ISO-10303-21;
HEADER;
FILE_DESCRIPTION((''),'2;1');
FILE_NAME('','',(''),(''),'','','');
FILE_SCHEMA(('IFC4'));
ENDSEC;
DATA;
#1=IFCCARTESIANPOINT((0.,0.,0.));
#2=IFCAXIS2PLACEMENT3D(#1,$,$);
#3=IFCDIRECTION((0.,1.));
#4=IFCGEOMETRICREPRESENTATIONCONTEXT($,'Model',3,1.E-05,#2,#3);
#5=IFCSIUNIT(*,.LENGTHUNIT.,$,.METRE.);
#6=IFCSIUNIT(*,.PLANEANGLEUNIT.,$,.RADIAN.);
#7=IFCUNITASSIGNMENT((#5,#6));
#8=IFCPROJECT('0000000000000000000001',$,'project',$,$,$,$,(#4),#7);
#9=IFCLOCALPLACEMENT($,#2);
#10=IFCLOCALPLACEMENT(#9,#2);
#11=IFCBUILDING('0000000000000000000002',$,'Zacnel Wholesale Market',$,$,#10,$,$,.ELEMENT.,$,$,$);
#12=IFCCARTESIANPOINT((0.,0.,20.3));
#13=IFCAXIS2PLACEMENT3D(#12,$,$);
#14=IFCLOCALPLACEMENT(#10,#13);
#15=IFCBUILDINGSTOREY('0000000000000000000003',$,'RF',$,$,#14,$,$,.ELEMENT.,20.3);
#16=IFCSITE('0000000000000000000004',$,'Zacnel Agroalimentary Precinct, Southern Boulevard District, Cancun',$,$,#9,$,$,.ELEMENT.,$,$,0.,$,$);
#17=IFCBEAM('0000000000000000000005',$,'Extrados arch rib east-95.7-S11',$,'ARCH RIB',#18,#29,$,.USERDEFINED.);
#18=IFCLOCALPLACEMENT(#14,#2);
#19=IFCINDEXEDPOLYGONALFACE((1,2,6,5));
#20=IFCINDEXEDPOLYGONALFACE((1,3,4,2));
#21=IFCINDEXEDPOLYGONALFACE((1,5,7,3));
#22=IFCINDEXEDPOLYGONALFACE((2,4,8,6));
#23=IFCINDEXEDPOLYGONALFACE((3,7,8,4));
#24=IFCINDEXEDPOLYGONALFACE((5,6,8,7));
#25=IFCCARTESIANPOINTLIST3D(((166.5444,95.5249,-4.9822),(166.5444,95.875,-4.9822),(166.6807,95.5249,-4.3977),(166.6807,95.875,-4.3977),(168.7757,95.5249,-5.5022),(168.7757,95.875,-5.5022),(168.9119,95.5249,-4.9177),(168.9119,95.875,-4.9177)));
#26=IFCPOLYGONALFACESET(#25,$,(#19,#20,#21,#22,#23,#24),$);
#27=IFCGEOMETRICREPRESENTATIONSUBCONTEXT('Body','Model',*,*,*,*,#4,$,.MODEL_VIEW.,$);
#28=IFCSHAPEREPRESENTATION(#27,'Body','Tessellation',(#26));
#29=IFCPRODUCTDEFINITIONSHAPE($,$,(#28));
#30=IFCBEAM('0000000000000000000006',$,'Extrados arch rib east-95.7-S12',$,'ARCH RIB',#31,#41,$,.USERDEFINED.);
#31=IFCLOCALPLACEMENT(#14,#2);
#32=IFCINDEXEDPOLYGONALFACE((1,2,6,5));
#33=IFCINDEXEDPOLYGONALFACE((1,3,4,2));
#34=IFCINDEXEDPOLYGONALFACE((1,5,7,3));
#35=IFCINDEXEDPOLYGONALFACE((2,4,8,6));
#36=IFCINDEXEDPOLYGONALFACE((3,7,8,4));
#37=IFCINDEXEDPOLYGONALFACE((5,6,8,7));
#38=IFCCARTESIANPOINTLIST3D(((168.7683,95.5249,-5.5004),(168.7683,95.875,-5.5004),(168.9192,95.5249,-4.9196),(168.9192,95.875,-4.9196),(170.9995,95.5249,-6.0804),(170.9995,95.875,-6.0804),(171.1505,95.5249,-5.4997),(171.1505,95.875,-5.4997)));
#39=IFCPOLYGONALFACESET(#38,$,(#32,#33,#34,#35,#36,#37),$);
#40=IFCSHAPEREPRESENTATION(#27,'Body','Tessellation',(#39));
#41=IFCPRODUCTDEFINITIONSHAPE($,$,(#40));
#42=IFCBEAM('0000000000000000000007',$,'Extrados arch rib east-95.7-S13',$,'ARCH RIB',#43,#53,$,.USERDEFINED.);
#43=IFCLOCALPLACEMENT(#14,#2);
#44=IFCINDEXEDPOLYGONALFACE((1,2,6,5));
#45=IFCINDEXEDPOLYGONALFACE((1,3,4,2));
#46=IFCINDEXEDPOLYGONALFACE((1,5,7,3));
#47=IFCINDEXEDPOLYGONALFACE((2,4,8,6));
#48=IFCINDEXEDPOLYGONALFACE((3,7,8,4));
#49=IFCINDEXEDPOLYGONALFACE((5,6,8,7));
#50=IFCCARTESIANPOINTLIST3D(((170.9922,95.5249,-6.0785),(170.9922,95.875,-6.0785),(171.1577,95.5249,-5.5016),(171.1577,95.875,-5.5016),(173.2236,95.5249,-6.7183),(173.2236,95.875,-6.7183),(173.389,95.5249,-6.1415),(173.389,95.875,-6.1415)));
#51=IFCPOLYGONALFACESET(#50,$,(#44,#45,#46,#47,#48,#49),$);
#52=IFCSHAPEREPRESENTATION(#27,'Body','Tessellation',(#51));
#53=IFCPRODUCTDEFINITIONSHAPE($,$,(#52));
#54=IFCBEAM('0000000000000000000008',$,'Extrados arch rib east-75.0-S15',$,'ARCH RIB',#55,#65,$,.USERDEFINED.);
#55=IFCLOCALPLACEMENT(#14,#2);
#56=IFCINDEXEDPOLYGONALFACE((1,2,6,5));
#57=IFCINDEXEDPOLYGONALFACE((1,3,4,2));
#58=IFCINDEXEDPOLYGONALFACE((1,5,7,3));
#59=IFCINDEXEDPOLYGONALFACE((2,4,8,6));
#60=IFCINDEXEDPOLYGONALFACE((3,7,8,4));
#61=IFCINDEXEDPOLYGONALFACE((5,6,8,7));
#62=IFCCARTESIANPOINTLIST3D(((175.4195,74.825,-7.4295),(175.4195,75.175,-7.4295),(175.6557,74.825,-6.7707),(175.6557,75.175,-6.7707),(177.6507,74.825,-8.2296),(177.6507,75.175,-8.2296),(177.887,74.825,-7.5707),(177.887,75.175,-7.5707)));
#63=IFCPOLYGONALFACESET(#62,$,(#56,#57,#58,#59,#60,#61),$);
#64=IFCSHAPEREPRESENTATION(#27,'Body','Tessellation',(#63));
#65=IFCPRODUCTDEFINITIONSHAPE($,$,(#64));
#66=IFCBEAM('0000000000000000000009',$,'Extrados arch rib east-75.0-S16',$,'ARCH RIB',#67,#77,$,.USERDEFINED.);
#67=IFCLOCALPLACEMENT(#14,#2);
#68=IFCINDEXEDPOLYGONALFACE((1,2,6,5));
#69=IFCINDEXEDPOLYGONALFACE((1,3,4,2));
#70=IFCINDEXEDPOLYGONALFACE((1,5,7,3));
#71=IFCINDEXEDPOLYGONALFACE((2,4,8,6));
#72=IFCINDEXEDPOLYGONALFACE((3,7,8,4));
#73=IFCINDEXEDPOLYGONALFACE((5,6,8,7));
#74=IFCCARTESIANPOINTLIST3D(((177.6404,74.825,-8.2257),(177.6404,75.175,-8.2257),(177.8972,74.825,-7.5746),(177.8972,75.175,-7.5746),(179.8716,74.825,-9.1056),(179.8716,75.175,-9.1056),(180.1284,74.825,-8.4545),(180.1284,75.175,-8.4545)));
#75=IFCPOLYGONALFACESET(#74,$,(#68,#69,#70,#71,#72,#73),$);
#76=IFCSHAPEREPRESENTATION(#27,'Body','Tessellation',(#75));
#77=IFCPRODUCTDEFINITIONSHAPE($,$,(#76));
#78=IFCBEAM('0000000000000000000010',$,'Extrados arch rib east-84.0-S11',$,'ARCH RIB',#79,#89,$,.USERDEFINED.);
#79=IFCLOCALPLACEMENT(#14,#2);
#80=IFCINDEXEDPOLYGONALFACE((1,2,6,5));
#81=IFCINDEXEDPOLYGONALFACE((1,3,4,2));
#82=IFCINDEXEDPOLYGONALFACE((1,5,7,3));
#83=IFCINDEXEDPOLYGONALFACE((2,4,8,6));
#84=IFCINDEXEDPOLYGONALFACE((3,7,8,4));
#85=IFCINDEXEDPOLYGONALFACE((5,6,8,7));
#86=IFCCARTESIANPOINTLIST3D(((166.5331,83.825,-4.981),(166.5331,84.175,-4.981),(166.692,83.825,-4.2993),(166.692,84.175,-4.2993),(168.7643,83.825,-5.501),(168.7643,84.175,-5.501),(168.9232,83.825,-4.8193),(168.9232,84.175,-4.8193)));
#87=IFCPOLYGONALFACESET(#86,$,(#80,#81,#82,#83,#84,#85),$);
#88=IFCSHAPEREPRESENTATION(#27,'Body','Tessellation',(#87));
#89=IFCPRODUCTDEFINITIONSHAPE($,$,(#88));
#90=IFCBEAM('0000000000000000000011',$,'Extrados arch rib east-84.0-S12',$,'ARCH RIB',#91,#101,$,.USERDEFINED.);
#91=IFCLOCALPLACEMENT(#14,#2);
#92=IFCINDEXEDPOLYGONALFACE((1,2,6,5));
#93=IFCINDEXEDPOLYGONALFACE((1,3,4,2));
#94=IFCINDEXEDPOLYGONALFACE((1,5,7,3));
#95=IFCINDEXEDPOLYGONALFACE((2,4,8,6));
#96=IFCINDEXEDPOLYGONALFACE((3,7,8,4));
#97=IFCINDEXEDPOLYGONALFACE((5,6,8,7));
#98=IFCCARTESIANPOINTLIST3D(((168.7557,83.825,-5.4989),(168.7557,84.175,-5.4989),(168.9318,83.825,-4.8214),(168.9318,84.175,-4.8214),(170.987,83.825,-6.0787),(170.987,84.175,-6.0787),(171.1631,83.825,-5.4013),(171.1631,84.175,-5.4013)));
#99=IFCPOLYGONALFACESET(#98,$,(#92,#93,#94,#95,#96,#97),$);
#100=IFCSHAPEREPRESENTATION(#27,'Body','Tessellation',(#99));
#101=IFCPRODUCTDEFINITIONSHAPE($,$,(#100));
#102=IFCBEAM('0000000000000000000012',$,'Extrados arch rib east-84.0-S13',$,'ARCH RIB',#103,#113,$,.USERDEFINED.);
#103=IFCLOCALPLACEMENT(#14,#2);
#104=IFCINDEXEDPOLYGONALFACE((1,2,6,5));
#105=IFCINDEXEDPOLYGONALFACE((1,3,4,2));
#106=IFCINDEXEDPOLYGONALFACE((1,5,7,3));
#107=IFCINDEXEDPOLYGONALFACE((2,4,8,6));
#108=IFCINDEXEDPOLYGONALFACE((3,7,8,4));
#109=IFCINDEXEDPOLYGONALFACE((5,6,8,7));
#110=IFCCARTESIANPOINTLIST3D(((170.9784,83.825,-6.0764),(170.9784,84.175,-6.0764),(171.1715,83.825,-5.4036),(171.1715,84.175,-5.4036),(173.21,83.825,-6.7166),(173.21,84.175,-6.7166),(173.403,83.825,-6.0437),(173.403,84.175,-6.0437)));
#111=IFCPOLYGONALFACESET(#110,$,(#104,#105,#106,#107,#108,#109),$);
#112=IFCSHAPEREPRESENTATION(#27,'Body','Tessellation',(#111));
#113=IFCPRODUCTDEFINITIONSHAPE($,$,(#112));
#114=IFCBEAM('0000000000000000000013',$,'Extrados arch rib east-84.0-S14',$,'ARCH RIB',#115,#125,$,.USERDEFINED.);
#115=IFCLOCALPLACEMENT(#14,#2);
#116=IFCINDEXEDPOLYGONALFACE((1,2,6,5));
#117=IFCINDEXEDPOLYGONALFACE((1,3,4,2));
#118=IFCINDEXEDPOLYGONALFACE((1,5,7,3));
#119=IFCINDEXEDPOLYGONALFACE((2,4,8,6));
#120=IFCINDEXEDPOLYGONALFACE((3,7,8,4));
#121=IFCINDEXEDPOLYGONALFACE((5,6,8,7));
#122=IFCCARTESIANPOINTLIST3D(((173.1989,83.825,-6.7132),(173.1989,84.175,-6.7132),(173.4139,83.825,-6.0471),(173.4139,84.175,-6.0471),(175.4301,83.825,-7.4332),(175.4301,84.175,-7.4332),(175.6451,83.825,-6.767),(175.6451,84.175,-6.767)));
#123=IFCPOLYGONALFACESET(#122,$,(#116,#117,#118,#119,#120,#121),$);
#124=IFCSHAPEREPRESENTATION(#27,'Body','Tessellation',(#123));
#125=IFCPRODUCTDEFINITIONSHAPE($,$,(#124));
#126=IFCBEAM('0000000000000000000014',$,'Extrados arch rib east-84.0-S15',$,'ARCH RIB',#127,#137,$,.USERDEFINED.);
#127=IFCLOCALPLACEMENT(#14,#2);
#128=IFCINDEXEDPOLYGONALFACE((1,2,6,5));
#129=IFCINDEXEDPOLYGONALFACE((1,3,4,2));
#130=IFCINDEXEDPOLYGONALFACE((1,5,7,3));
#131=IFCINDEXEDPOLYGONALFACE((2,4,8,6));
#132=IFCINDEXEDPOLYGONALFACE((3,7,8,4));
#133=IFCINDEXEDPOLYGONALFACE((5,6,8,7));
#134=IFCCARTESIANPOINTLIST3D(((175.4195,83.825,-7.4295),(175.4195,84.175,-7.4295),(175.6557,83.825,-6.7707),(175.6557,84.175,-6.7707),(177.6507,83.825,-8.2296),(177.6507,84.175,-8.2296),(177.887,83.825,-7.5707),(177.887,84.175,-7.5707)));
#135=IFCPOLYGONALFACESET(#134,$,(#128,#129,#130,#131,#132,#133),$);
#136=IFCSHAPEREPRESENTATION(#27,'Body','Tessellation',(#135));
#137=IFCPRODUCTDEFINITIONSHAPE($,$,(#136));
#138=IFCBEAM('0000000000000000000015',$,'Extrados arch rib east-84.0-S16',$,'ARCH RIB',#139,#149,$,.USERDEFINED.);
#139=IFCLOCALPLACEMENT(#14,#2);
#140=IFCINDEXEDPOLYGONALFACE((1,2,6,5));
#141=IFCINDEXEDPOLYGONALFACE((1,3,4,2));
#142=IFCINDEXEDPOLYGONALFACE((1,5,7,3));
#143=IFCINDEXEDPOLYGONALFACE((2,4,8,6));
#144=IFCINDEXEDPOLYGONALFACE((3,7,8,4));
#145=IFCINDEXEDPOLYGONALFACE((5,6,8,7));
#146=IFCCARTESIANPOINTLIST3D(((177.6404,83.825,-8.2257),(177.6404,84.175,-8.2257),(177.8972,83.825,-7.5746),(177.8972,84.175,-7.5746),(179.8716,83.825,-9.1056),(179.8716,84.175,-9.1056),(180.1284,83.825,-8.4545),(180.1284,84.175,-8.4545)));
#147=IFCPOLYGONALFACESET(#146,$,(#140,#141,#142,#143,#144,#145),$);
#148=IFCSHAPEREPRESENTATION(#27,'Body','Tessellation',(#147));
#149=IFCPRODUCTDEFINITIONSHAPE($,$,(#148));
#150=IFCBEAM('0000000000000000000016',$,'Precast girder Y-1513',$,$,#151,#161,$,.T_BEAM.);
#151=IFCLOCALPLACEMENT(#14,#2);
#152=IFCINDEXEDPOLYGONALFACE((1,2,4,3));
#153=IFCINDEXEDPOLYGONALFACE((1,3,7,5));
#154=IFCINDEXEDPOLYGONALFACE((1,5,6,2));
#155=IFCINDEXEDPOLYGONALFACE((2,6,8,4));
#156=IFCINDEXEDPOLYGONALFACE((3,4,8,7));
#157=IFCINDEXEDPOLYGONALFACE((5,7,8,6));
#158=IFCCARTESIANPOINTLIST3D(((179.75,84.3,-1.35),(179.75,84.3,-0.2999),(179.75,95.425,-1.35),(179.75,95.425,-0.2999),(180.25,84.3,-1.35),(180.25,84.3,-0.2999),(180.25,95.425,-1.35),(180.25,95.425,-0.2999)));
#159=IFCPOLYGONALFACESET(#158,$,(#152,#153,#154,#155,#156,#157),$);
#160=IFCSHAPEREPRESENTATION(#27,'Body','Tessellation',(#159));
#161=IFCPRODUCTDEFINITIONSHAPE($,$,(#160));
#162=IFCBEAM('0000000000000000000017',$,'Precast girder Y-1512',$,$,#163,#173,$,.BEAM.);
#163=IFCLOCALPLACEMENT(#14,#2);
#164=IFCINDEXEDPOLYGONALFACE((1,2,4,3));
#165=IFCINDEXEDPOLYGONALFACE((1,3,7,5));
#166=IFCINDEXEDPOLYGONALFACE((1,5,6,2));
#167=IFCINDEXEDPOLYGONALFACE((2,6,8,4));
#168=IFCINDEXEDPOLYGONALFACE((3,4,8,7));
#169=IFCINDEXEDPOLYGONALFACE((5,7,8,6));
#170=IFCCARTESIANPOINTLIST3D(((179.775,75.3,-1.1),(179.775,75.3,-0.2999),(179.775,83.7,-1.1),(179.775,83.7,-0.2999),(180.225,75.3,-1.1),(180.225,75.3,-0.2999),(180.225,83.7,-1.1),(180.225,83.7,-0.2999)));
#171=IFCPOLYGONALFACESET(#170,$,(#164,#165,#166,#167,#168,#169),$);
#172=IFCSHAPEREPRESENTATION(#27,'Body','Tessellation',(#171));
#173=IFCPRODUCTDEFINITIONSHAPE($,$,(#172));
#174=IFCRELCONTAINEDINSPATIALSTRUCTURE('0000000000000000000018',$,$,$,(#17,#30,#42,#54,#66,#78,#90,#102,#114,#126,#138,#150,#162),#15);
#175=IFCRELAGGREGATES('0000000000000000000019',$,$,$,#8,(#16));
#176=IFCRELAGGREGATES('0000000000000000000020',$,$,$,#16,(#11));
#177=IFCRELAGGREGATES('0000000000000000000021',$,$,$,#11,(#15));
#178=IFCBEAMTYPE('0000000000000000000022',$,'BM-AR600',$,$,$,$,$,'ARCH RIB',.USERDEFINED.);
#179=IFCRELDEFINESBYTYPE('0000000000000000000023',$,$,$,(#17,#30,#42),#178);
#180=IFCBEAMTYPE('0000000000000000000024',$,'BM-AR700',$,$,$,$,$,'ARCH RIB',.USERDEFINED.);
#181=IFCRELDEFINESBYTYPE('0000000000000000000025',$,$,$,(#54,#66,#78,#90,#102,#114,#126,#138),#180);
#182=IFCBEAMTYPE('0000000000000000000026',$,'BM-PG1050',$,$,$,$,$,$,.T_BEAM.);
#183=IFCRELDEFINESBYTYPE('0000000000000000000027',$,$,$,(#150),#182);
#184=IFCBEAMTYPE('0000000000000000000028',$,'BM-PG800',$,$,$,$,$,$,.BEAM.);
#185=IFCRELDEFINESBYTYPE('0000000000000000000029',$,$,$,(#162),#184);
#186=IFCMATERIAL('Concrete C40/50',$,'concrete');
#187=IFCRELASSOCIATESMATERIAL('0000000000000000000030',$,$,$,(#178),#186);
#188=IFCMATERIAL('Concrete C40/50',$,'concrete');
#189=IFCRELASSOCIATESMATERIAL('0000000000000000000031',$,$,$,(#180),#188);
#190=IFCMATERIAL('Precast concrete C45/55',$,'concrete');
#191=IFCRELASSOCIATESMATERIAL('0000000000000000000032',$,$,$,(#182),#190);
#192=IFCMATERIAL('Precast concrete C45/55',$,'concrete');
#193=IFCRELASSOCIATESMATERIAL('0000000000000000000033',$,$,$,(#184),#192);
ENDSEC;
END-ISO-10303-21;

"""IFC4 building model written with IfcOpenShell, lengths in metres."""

from ifc_helpers import new_model, si_unit, direction, frame, origin, origin_2d, place, context, subcontext, project, spatial, rectangle, extrude, material, material_profile, profile_set, type_object, element, save


model = new_model("IFC4")

# Units and contexts
model_context = context("Model", 3, precision=1e-05, world=origin(), true_north=direction((0.0, 1.0)))
body_context = subcontext(model_context, "Body", "Model", "MODEL_VIEW")
ifc_project = project(units=[si_unit("LENGTHUNIT", "METRE"), si_unit("PLANEANGLEUNIT", "RADIAN")], contexts=[model_context])

# Site, building, storey
site_placement = place(None, origin())
site = spatial("IfcSite", under=ifc_project, at=site_placement, Name="Zacnel Agroalimentary Precinct, Southern Boulevard District, Cancun", CompositionType="ELEMENT", RefElevation=0.0)
building_placement = place(site_placement, origin())
building = spatial("IfcBuilding", under=site, at=building_placement, Name="Zacnel Wholesale Market", CompositionType="ELEMENT")
storey_placement = place(building_placement, frame((0.0, 0.0, 20.3)))
storey = spatial("IfcBuildingStorey", under=building, at=storey_placement, Name="RF", CompositionType="ELEMENT", Elevation=20.3)

# Beams
ifc_material_1 = material(Name="Concrete C40/50", Category="concrete")
ifc_material_profile_1 = material_profile(ifc_material_1, rectangle(XDim=0.3501, YDim=0.6001, at=origin_2d()), Name="ARCH RIB 350x600")
ifc_profile_set_1 = profile_set([ifc_material_profile_1], Name="Concrete C40/50")
beam_type_1 = type_object("IfcBeamType", Name="BM-AR600", ElementType="ARCH RIB", PredefinedType="USERDEFINED", material=ifc_profile_set_1)
beam_1_placement = place(storey_placement, frame((166.6125, 95.7, -4.6899), z_axis=(0.973899, 0.0, -0.226984), x_axis=(0.0, 1.0, 0.0)))
element("IfcBeam", 1, at=beam_1_placement, inside=storey, type_object=beam_type_1, Name="Extrados arch rib east-95.7-S11", ObjectType="ARCH RIB", PredefinedType="USERDEFINED", context=body_context, shape_type="SweptSolid", body=[
    extrude(rectangle(XDim=0.3501, YDim=0.6001, at=origin_2d()), origin(), (0.0, 0.0, 1.0), 2.291),
])
beam_2_placement = place(storey_placement, frame((168.8438, 95.7, -5.21), z_axis=(0.967826, 0.0, -0.25162), x_axis=(0.0, 1.0, 0.0)))
element("IfcBeam", 2, at=beam_2_placement, inside=storey, type_object=beam_type_1, Name="Extrados arch rib east-95.7-S12", ObjectType="ARCH RIB", PredefinedType="USERDEFINED", context=body_context, shape_type="SweptSolid", body=[
    extrude(rectangle(XDim=0.3501, YDim=0.6001, at=origin_2d()), origin(), (0.0, 0.0, 1.0), 2.3054),
])
beam_3_placement = place(storey_placement, frame((171.075, 95.7, -5.79), z_axis=(0.961258, 0.0, -0.275652), x_axis=(0.0, 1.0, 0.0)))
element("IfcBeam", 3, at=beam_3_placement, inside=storey, type_object=beam_type_1, Name="Extrados arch rib east-95.7-S13", ObjectType="ARCH RIB", PredefinedType="USERDEFINED", context=body_context, shape_type="SweptSolid", body=[
    extrude(rectangle(XDim=0.3501, YDim=0.6001, at=origin_2d()), origin(), (0.0, 0.0, 1.0), 2.3213),
])
ifc_material_2 = material(Name="Concrete C40/50", Category="concrete")
ifc_material_profile_2 = material_profile(ifc_material_2, rectangle(XDim=0.3501, YDim=0.7, at=origin_2d()), Name="ARCH RIB 350x700")
ifc_profile_set_2 = profile_set([ifc_material_profile_2], Name="Concrete C40/50")
beam_type_2 = type_object("IfcBeamType", Name="BM-AR700", ElementType="ARCH RIB", PredefinedType="USERDEFINED", material=ifc_profile_set_2)
beam_4_placement = place(storey_placement, frame((175.5376, 75.0, -7.1001), z_axis=(0.941315, 0.0, -0.33753), x_axis=(0.0, 1.0, 0.0)))
element("IfcBeam", 4, at=beam_4_placement, inside=storey, type_object=beam_type_2, Name="Extrados arch rib east-75.0-S15", ObjectType="ARCH RIB", PredefinedType="USERDEFINED", context=body_context, shape_type="SweptSolid", body=[
    extrude(rectangle(XDim=0.3501, YDim=0.7, at=origin_2d()), origin(), (0.0, 0.0, 1.0), 2.3704),
])
beam_5_placement = place(storey_placement, frame((177.7688, 75.0, -7.9001), z_axis=(0.930277, 0.0, -0.366858), x_axis=(0.0, 1.0, 0.0)))
element("IfcBeam", 5, at=beam_5_placement, inside=storey, type_object=beam_type_2, Name="Extrados arch rib east-75.0-S16", ObjectType="ARCH RIB", PredefinedType="USERDEFINED", context=body_context, shape_type="SweptSolid", body=[
    extrude(rectangle(XDim=0.3501, YDim=0.7, at=origin_2d()), origin(), (0.0, 0.0, 1.0), 2.3984),
])
beam_6_placement = place(storey_placement, frame((166.6125, 84.0, -4.6401), z_axis=(0.973899, 0.0, -0.226984), x_axis=(0.0, 1.0, 0.0)))
element("IfcBeam", 6, at=beam_6_placement, inside=storey, type_object=beam_type_2, Name="Extrados arch rib east-84.0-S11", ObjectType="ARCH RIB", PredefinedType="USERDEFINED", context=body_context, shape_type="SweptSolid", body=[
    extrude(rectangle(XDim=0.3501, YDim=0.7, at=origin_2d()), origin(), (0.0, 0.0, 1.0), 2.291),
])
beam_7_placement = place(storey_placement, frame((168.8438, 84.0, -5.1602), z_axis=(0.967852, 0.0, -0.251521), x_axis=(0.0, 1.0, 0.0)))
element("IfcBeam", 7, at=beam_7_placement, inside=storey, type_object=beam_type_2, Name="Extrados arch rib east-84.0-S12", ObjectType="ARCH RIB", PredefinedType="USERDEFINED", context=body_context, shape_type="SweptSolid", body=[
    extrude(rectangle(XDim=0.3501, YDim=0.7, at=origin_2d()), origin(), (0.0, 0.0, 1.0), 2.3054),
])
beam_8_placement = place(storey_placement, frame((171.075, 84.0, -5.74), z_axis=(0.96123, 0.0, -0.275749), x_axis=(0.0, 1.0, 0.0)))
element("IfcBeam", 8, at=beam_8_placement, inside=storey, type_object=beam_type_2, Name="Extrados arch rib east-84.0-S13", ObjectType="ARCH RIB", PredefinedType="USERDEFINED", context=body_context, shape_type="SweptSolid", body=[
    extrude(rectangle(XDim=0.3501, YDim=0.7, at=origin_2d()), origin(), (0.0, 0.0, 1.0), 2.3215),
])
beam_9_placement = place(storey_placement, frame((173.3064, 84.0, -6.3801), z_axis=(0.95168, 0.0, -0.307091), x_axis=(0.0, 1.0, 0.0)))
element("IfcBeam", 9, at=beam_9_placement, inside=storey, type_object=beam_type_2, Name="Extrados arch rib east-84.0-S14", ObjectType="ARCH RIB", PredefinedType="USERDEFINED", context=body_context, shape_type="SweptSolid", body=[
    extrude(rectangle(XDim=0.3501, YDim=0.7, at=origin_2d()), origin(), (0.0, 0.0, 1.0), 2.3445),
])
beam_10_placement = place(storey_placement, frame((175.5376, 84.0, -7.1001), z_axis=(0.941315, 0.0, -0.33753), x_axis=(0.0, 1.0, 0.0)))
element("IfcBeam", 10, at=beam_10_placement, inside=storey, type_object=beam_type_2, Name="Extrados arch rib east-84.0-S15", ObjectType="ARCH RIB", PredefinedType="USERDEFINED", context=body_context, shape_type="SweptSolid", body=[
    extrude(rectangle(XDim=0.3501, YDim=0.7, at=origin_2d()), origin(), (0.0, 0.0, 1.0), 2.3704),
])
beam_11_placement = place(storey_placement, frame((177.7688, 84.0, -7.9001), z_axis=(0.930277, 0.0, -0.366858), x_axis=(0.0, 1.0, 0.0)))
element("IfcBeam", 11, at=beam_11_placement, inside=storey, type_object=beam_type_2, Name="Extrados arch rib east-84.0-S16", ObjectType="ARCH RIB", PredefinedType="USERDEFINED", context=body_context, shape_type="SweptSolid", body=[
    extrude(rectangle(XDim=0.3501, YDim=0.7, at=origin_2d()), origin(), (0.0, 0.0, 1.0), 2.3984),
])
ifc_material_3 = material(Name="Precast concrete C45/55", Category="concrete")
ifc_material_profile_3 = material_profile(ifc_material_3, rectangle(XDim=0.5, YDim=1.05, at=origin_2d()), Name="PG 500x1050")
ifc_profile_set_3 = profile_set([ifc_material_profile_3], Name="Precast concrete C45/55")
beam_type_3 = type_object("IfcBeamType", Name="BM-PG1050", PredefinedType="T_BEAM", material=ifc_profile_set_3)
beam_12_placement = place(storey_placement, frame((180.0, 84.3, -0.825), z_axis=(0.0, 1.0, 0.0), x_axis=(-1.0, 0.0, 0.0)))
element("IfcBeam", 12, at=beam_12_placement, inside=storey, type_object=beam_type_3, Name="Precast girder Y-1513", PredefinedType="T_BEAM", context=body_context, shape_type="SweptSolid", body=[
    extrude(rectangle(XDim=0.5, YDim=1.05, at=origin_2d()), origin(), (0.0, 0.0, 1.0), 11.125),
])
ifc_material_4 = material(Name="Precast concrete C45/55", Category="concrete")
ifc_material_profile_4 = material_profile(ifc_material_4, rectangle(XDim=0.45, YDim=0.8, at=origin_2d()), Name="PG 450x800")
ifc_profile_set_4 = profile_set([ifc_material_profile_4], Name="Precast concrete C45/55")
beam_type_4 = type_object("IfcBeamType", Name="BM-PG800", PredefinedType="BEAM", material=ifc_profile_set_4)
beam_13_placement = place(storey_placement, frame((180.0, 75.3, -0.7), z_axis=(0.0, 1.0, 0.0), x_axis=(-1.0, 0.0, 0.0)))
element("IfcBeam", 13, at=beam_13_placement, inside=storey, type_object=beam_type_4, Name="Precast girder Y-1512", PredefinedType="BEAM", context=body_context, shape_type="SweptSolid", body=[
    extrude(rectangle(XDim=0.45, YDim=0.8, at=origin_2d()), origin(), (0.0, 0.0, 1.0), 8.3999),
])

save(model, "model.ifc")
